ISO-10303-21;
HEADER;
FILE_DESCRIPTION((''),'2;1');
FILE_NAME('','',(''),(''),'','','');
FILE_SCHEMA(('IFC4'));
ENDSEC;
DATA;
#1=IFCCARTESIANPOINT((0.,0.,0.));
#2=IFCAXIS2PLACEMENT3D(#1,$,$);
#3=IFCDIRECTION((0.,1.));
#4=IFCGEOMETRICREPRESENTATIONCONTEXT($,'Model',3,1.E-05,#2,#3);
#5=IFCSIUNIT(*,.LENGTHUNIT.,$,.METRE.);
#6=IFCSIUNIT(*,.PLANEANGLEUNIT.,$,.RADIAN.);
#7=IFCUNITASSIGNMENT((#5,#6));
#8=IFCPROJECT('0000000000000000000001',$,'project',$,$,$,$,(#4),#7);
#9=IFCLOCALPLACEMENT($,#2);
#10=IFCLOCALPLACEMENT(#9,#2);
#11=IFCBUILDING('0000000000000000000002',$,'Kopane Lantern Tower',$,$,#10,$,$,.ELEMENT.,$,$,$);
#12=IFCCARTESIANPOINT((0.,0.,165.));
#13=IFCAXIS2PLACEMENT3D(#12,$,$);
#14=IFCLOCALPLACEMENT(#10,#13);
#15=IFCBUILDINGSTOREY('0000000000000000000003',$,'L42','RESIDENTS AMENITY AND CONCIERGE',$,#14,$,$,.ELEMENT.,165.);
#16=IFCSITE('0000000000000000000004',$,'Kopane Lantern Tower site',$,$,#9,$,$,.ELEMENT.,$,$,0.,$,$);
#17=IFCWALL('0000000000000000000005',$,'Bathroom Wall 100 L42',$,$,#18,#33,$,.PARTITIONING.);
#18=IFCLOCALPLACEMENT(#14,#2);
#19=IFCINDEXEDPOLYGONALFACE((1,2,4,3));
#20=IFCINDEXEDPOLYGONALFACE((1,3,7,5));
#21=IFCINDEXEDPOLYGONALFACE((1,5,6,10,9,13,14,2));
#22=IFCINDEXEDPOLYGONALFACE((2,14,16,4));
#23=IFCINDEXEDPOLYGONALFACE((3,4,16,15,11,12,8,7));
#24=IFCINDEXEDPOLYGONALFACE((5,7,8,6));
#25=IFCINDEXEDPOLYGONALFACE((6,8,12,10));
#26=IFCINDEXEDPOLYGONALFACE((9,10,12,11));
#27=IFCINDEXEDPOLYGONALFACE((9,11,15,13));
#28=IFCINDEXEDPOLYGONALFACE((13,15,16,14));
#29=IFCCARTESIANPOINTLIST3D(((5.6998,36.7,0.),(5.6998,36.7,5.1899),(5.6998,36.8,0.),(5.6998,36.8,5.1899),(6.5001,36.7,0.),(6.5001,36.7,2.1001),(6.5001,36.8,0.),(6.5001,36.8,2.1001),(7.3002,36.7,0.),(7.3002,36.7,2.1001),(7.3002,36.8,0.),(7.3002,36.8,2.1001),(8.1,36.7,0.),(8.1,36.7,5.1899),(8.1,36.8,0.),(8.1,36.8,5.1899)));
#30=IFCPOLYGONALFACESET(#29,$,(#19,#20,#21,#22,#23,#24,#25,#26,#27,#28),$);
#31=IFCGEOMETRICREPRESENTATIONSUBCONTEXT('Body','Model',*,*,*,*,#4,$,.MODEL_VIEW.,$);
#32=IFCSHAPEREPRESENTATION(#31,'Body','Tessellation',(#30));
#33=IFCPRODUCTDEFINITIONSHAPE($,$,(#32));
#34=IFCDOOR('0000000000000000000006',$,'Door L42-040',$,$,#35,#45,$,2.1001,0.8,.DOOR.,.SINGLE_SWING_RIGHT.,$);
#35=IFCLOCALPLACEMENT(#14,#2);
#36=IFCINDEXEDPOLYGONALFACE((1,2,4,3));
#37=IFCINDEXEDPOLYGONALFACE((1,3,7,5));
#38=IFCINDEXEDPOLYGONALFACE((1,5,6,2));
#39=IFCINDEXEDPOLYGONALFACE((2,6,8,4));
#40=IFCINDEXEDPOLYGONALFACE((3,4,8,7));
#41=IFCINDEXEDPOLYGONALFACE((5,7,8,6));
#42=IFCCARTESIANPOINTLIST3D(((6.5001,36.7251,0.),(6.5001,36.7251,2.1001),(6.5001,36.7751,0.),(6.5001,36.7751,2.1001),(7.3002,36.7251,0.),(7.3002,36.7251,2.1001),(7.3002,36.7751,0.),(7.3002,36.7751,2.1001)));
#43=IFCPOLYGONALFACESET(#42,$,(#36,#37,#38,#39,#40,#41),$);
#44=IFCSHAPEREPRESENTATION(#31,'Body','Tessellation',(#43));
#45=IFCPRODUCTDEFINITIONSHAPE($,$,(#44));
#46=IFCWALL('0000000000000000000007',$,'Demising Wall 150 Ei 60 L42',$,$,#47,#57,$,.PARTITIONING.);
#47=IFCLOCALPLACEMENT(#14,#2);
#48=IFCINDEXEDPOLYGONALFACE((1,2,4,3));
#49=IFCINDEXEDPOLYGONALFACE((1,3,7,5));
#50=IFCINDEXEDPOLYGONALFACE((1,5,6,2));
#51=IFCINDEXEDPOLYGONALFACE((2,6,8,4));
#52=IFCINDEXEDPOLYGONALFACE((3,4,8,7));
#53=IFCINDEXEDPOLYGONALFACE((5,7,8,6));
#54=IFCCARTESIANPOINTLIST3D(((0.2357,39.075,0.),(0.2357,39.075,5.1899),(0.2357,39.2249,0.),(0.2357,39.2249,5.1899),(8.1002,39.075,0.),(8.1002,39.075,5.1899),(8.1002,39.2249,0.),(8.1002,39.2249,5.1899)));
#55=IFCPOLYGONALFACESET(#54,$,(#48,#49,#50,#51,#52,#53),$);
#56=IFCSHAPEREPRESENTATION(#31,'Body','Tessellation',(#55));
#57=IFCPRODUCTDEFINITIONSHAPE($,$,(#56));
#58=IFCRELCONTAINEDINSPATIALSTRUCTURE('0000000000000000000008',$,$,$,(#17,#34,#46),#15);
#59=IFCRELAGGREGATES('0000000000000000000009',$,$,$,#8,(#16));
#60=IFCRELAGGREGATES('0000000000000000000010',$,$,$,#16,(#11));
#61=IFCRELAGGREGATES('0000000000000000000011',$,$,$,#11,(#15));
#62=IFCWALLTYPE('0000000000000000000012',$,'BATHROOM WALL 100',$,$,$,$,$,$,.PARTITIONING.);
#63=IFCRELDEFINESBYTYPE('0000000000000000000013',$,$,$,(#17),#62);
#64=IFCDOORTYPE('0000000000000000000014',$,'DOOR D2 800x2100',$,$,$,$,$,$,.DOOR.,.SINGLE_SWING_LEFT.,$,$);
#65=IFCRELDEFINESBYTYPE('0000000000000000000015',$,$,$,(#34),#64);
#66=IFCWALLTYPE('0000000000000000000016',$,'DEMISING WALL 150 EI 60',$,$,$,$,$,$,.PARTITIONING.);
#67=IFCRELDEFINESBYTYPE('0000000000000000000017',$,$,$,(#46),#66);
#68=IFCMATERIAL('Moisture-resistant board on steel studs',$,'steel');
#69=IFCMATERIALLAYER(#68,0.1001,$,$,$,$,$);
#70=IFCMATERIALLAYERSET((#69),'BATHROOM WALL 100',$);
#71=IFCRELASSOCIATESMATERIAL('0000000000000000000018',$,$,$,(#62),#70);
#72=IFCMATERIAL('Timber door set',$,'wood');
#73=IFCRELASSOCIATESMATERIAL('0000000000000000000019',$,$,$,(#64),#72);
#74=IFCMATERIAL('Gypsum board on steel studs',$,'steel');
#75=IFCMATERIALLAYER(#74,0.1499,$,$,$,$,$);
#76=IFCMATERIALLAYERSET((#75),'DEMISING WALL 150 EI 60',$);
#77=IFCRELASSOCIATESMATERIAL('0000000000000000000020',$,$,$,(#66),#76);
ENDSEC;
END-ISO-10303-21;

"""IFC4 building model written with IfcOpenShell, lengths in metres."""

from ifc_helpers import new_model, si_unit, direction, frame, frame_2d, origin, place, context, subcontext, project, spatial, rectangle, extrude, material, layer, layer_set, type_object, element, fill, save


model = new_model("IFC4")

# Units and contexts
model_context = context("Model", 3, precision=1e-05, world=origin(), true_north=direction((0.0, 1.0)))
body_context = subcontext(model_context, "Body", "Model", "MODEL_VIEW")
ifc_project = project(units=[si_unit("LENGTHUNIT", "METRE"), si_unit("PLANEANGLEUNIT", "RADIAN")], contexts=[model_context])

# Site, building, storey
site_placement = place(None, origin())
site = spatial("IfcSite", under=ifc_project, at=site_placement, Name="Kopane Lantern Tower site", CompositionType="ELEMENT", RefElevation=0.0)
building_placement = place(site_placement, origin())
building = spatial("IfcBuilding", under=site, at=building_placement, Name="Kopane Lantern Tower", CompositionType="ELEMENT")
storey_placement = place(building_placement, frame((0.0, 0.0, 165.0)))
storey = spatial("IfcBuildingStorey", under=building, at=storey_placement, Name="L42", Description="RESIDENTS AMENITY AND CONCIERGE", CompositionType="ELEMENT", Elevation=165.0)

# Wall, opening, door
ifc_material_1 = material(Name="Moisture-resistant board on steel studs", Category="steel")
ifc_layer_1 = layer(ifc_material_1, 0.1001)
ifc_layer_set_1 = layer_set([ifc_layer_1], Name="BATHROOM WALL 100")
wall_type_1 = type_object("IfcWallType", Name="BATHROOM WALL 100", PredefinedType="PARTITIONING", material=ifc_layer_set_1)
wall_1_placement = place(storey_placement, frame((8.1001, 36.75, 0.0), z_axis=(0.0, 0.0, 1.0), x_axis=(-1.0, 0.0, 0.0)))
wall_1 = element("IfcWall", 1, at=wall_1_placement, inside=storey, type_object=wall_type_1, Name="Bathroom Wall 100 L42", PredefinedType="PARTITIONING", context=body_context, shape_type="SweptSolid", body=[
    extrude(rectangle(XDim=2.4001, YDim=0.1001, at=frame_2d((1.2002, 0.0))), origin(), (0.0, 0.0, 1.0), 5.1899),
])
opening_placement = place(wall_1_placement, frame((0.8, 0.0, 0.0)))
opening = element("IfcOpeningElement", 2, at=opening_placement, cuts=wall_1, PredefinedType="OPENING", context=body_context, shape_type="SweptSolid", body=[
    extrude(rectangle(XDim=0.8, YDim=2.1001, at=frame_2d((0.3999, 1.05))), frame((0.0, 0.0601, 0.0), z_axis=(0.0, -1.0, 0.0), x_axis=(1.0, 0.0, 0.0)), (0.0, 0.0, 1.0), 0.1201),
])
ifc_material_2 = material(Name="Timber door set", Category="wood")
door_type = type_object("IfcDoorType", Name="DOOR D2 800x2100", OperationType="SINGLE_SWING_LEFT", PredefinedType="DOOR", material=ifc_material_2)
door_placement = place(opening_placement, origin())
door = element("IfcDoor", 3, at=door_placement, inside=storey, type_object=door_type, Name="Door L42-040", OperationType="SINGLE_SWING_RIGHT", OverallHeight=2.1001, OverallWidth=0.8, PredefinedType="DOOR", context=body_context, shape_type="SweptSolid", body=[
    extrude(rectangle(XDim=0.8, YDim=2.1001, at=frame_2d((0.3999, 1.05))), frame((0.0, 0.0249, 0.0), z_axis=(0.0, -1.0, 0.0), x_axis=(1.0, 0.0, 0.0)), (0.0, 0.0, 1.0), 0.05),
])
fill(opening, door)

# Wall
ifc_material_3 = material(Name="Gypsum board on steel studs", Category="steel")
ifc_layer_2 = layer(ifc_material_3, 0.1499)
ifc_layer_set_2 = layer_set([ifc_layer_2], Name="DEMISING WALL 150 EI 60")
wall_type_2 = type_object("IfcWallType", Name="DEMISING WALL 150 EI 60", PredefinedType="PARTITIONING", material=ifc_layer_set_2)
wall_2_placement = place(storey_placement, frame((8.1001, 39.1499, 0.0), z_axis=(0.0, 0.0, 1.0), x_axis=(-1.0, 0.0, 0.0)))
element("IfcWall", 4, at=wall_2_placement, inside=storey, type_object=wall_type_2, Name="Demising Wall 150 Ei 60 L42", PredefinedType="PARTITIONING", context=body_context, shape_type="SweptSolid", body=[
    extrude(rectangle(XDim=7.8645, YDim=0.1499, at=frame_2d((3.9321, 0.0))), origin(), (0.0, 0.0, 1.0), 5.1899),
])

save(model, "model.ifc")
